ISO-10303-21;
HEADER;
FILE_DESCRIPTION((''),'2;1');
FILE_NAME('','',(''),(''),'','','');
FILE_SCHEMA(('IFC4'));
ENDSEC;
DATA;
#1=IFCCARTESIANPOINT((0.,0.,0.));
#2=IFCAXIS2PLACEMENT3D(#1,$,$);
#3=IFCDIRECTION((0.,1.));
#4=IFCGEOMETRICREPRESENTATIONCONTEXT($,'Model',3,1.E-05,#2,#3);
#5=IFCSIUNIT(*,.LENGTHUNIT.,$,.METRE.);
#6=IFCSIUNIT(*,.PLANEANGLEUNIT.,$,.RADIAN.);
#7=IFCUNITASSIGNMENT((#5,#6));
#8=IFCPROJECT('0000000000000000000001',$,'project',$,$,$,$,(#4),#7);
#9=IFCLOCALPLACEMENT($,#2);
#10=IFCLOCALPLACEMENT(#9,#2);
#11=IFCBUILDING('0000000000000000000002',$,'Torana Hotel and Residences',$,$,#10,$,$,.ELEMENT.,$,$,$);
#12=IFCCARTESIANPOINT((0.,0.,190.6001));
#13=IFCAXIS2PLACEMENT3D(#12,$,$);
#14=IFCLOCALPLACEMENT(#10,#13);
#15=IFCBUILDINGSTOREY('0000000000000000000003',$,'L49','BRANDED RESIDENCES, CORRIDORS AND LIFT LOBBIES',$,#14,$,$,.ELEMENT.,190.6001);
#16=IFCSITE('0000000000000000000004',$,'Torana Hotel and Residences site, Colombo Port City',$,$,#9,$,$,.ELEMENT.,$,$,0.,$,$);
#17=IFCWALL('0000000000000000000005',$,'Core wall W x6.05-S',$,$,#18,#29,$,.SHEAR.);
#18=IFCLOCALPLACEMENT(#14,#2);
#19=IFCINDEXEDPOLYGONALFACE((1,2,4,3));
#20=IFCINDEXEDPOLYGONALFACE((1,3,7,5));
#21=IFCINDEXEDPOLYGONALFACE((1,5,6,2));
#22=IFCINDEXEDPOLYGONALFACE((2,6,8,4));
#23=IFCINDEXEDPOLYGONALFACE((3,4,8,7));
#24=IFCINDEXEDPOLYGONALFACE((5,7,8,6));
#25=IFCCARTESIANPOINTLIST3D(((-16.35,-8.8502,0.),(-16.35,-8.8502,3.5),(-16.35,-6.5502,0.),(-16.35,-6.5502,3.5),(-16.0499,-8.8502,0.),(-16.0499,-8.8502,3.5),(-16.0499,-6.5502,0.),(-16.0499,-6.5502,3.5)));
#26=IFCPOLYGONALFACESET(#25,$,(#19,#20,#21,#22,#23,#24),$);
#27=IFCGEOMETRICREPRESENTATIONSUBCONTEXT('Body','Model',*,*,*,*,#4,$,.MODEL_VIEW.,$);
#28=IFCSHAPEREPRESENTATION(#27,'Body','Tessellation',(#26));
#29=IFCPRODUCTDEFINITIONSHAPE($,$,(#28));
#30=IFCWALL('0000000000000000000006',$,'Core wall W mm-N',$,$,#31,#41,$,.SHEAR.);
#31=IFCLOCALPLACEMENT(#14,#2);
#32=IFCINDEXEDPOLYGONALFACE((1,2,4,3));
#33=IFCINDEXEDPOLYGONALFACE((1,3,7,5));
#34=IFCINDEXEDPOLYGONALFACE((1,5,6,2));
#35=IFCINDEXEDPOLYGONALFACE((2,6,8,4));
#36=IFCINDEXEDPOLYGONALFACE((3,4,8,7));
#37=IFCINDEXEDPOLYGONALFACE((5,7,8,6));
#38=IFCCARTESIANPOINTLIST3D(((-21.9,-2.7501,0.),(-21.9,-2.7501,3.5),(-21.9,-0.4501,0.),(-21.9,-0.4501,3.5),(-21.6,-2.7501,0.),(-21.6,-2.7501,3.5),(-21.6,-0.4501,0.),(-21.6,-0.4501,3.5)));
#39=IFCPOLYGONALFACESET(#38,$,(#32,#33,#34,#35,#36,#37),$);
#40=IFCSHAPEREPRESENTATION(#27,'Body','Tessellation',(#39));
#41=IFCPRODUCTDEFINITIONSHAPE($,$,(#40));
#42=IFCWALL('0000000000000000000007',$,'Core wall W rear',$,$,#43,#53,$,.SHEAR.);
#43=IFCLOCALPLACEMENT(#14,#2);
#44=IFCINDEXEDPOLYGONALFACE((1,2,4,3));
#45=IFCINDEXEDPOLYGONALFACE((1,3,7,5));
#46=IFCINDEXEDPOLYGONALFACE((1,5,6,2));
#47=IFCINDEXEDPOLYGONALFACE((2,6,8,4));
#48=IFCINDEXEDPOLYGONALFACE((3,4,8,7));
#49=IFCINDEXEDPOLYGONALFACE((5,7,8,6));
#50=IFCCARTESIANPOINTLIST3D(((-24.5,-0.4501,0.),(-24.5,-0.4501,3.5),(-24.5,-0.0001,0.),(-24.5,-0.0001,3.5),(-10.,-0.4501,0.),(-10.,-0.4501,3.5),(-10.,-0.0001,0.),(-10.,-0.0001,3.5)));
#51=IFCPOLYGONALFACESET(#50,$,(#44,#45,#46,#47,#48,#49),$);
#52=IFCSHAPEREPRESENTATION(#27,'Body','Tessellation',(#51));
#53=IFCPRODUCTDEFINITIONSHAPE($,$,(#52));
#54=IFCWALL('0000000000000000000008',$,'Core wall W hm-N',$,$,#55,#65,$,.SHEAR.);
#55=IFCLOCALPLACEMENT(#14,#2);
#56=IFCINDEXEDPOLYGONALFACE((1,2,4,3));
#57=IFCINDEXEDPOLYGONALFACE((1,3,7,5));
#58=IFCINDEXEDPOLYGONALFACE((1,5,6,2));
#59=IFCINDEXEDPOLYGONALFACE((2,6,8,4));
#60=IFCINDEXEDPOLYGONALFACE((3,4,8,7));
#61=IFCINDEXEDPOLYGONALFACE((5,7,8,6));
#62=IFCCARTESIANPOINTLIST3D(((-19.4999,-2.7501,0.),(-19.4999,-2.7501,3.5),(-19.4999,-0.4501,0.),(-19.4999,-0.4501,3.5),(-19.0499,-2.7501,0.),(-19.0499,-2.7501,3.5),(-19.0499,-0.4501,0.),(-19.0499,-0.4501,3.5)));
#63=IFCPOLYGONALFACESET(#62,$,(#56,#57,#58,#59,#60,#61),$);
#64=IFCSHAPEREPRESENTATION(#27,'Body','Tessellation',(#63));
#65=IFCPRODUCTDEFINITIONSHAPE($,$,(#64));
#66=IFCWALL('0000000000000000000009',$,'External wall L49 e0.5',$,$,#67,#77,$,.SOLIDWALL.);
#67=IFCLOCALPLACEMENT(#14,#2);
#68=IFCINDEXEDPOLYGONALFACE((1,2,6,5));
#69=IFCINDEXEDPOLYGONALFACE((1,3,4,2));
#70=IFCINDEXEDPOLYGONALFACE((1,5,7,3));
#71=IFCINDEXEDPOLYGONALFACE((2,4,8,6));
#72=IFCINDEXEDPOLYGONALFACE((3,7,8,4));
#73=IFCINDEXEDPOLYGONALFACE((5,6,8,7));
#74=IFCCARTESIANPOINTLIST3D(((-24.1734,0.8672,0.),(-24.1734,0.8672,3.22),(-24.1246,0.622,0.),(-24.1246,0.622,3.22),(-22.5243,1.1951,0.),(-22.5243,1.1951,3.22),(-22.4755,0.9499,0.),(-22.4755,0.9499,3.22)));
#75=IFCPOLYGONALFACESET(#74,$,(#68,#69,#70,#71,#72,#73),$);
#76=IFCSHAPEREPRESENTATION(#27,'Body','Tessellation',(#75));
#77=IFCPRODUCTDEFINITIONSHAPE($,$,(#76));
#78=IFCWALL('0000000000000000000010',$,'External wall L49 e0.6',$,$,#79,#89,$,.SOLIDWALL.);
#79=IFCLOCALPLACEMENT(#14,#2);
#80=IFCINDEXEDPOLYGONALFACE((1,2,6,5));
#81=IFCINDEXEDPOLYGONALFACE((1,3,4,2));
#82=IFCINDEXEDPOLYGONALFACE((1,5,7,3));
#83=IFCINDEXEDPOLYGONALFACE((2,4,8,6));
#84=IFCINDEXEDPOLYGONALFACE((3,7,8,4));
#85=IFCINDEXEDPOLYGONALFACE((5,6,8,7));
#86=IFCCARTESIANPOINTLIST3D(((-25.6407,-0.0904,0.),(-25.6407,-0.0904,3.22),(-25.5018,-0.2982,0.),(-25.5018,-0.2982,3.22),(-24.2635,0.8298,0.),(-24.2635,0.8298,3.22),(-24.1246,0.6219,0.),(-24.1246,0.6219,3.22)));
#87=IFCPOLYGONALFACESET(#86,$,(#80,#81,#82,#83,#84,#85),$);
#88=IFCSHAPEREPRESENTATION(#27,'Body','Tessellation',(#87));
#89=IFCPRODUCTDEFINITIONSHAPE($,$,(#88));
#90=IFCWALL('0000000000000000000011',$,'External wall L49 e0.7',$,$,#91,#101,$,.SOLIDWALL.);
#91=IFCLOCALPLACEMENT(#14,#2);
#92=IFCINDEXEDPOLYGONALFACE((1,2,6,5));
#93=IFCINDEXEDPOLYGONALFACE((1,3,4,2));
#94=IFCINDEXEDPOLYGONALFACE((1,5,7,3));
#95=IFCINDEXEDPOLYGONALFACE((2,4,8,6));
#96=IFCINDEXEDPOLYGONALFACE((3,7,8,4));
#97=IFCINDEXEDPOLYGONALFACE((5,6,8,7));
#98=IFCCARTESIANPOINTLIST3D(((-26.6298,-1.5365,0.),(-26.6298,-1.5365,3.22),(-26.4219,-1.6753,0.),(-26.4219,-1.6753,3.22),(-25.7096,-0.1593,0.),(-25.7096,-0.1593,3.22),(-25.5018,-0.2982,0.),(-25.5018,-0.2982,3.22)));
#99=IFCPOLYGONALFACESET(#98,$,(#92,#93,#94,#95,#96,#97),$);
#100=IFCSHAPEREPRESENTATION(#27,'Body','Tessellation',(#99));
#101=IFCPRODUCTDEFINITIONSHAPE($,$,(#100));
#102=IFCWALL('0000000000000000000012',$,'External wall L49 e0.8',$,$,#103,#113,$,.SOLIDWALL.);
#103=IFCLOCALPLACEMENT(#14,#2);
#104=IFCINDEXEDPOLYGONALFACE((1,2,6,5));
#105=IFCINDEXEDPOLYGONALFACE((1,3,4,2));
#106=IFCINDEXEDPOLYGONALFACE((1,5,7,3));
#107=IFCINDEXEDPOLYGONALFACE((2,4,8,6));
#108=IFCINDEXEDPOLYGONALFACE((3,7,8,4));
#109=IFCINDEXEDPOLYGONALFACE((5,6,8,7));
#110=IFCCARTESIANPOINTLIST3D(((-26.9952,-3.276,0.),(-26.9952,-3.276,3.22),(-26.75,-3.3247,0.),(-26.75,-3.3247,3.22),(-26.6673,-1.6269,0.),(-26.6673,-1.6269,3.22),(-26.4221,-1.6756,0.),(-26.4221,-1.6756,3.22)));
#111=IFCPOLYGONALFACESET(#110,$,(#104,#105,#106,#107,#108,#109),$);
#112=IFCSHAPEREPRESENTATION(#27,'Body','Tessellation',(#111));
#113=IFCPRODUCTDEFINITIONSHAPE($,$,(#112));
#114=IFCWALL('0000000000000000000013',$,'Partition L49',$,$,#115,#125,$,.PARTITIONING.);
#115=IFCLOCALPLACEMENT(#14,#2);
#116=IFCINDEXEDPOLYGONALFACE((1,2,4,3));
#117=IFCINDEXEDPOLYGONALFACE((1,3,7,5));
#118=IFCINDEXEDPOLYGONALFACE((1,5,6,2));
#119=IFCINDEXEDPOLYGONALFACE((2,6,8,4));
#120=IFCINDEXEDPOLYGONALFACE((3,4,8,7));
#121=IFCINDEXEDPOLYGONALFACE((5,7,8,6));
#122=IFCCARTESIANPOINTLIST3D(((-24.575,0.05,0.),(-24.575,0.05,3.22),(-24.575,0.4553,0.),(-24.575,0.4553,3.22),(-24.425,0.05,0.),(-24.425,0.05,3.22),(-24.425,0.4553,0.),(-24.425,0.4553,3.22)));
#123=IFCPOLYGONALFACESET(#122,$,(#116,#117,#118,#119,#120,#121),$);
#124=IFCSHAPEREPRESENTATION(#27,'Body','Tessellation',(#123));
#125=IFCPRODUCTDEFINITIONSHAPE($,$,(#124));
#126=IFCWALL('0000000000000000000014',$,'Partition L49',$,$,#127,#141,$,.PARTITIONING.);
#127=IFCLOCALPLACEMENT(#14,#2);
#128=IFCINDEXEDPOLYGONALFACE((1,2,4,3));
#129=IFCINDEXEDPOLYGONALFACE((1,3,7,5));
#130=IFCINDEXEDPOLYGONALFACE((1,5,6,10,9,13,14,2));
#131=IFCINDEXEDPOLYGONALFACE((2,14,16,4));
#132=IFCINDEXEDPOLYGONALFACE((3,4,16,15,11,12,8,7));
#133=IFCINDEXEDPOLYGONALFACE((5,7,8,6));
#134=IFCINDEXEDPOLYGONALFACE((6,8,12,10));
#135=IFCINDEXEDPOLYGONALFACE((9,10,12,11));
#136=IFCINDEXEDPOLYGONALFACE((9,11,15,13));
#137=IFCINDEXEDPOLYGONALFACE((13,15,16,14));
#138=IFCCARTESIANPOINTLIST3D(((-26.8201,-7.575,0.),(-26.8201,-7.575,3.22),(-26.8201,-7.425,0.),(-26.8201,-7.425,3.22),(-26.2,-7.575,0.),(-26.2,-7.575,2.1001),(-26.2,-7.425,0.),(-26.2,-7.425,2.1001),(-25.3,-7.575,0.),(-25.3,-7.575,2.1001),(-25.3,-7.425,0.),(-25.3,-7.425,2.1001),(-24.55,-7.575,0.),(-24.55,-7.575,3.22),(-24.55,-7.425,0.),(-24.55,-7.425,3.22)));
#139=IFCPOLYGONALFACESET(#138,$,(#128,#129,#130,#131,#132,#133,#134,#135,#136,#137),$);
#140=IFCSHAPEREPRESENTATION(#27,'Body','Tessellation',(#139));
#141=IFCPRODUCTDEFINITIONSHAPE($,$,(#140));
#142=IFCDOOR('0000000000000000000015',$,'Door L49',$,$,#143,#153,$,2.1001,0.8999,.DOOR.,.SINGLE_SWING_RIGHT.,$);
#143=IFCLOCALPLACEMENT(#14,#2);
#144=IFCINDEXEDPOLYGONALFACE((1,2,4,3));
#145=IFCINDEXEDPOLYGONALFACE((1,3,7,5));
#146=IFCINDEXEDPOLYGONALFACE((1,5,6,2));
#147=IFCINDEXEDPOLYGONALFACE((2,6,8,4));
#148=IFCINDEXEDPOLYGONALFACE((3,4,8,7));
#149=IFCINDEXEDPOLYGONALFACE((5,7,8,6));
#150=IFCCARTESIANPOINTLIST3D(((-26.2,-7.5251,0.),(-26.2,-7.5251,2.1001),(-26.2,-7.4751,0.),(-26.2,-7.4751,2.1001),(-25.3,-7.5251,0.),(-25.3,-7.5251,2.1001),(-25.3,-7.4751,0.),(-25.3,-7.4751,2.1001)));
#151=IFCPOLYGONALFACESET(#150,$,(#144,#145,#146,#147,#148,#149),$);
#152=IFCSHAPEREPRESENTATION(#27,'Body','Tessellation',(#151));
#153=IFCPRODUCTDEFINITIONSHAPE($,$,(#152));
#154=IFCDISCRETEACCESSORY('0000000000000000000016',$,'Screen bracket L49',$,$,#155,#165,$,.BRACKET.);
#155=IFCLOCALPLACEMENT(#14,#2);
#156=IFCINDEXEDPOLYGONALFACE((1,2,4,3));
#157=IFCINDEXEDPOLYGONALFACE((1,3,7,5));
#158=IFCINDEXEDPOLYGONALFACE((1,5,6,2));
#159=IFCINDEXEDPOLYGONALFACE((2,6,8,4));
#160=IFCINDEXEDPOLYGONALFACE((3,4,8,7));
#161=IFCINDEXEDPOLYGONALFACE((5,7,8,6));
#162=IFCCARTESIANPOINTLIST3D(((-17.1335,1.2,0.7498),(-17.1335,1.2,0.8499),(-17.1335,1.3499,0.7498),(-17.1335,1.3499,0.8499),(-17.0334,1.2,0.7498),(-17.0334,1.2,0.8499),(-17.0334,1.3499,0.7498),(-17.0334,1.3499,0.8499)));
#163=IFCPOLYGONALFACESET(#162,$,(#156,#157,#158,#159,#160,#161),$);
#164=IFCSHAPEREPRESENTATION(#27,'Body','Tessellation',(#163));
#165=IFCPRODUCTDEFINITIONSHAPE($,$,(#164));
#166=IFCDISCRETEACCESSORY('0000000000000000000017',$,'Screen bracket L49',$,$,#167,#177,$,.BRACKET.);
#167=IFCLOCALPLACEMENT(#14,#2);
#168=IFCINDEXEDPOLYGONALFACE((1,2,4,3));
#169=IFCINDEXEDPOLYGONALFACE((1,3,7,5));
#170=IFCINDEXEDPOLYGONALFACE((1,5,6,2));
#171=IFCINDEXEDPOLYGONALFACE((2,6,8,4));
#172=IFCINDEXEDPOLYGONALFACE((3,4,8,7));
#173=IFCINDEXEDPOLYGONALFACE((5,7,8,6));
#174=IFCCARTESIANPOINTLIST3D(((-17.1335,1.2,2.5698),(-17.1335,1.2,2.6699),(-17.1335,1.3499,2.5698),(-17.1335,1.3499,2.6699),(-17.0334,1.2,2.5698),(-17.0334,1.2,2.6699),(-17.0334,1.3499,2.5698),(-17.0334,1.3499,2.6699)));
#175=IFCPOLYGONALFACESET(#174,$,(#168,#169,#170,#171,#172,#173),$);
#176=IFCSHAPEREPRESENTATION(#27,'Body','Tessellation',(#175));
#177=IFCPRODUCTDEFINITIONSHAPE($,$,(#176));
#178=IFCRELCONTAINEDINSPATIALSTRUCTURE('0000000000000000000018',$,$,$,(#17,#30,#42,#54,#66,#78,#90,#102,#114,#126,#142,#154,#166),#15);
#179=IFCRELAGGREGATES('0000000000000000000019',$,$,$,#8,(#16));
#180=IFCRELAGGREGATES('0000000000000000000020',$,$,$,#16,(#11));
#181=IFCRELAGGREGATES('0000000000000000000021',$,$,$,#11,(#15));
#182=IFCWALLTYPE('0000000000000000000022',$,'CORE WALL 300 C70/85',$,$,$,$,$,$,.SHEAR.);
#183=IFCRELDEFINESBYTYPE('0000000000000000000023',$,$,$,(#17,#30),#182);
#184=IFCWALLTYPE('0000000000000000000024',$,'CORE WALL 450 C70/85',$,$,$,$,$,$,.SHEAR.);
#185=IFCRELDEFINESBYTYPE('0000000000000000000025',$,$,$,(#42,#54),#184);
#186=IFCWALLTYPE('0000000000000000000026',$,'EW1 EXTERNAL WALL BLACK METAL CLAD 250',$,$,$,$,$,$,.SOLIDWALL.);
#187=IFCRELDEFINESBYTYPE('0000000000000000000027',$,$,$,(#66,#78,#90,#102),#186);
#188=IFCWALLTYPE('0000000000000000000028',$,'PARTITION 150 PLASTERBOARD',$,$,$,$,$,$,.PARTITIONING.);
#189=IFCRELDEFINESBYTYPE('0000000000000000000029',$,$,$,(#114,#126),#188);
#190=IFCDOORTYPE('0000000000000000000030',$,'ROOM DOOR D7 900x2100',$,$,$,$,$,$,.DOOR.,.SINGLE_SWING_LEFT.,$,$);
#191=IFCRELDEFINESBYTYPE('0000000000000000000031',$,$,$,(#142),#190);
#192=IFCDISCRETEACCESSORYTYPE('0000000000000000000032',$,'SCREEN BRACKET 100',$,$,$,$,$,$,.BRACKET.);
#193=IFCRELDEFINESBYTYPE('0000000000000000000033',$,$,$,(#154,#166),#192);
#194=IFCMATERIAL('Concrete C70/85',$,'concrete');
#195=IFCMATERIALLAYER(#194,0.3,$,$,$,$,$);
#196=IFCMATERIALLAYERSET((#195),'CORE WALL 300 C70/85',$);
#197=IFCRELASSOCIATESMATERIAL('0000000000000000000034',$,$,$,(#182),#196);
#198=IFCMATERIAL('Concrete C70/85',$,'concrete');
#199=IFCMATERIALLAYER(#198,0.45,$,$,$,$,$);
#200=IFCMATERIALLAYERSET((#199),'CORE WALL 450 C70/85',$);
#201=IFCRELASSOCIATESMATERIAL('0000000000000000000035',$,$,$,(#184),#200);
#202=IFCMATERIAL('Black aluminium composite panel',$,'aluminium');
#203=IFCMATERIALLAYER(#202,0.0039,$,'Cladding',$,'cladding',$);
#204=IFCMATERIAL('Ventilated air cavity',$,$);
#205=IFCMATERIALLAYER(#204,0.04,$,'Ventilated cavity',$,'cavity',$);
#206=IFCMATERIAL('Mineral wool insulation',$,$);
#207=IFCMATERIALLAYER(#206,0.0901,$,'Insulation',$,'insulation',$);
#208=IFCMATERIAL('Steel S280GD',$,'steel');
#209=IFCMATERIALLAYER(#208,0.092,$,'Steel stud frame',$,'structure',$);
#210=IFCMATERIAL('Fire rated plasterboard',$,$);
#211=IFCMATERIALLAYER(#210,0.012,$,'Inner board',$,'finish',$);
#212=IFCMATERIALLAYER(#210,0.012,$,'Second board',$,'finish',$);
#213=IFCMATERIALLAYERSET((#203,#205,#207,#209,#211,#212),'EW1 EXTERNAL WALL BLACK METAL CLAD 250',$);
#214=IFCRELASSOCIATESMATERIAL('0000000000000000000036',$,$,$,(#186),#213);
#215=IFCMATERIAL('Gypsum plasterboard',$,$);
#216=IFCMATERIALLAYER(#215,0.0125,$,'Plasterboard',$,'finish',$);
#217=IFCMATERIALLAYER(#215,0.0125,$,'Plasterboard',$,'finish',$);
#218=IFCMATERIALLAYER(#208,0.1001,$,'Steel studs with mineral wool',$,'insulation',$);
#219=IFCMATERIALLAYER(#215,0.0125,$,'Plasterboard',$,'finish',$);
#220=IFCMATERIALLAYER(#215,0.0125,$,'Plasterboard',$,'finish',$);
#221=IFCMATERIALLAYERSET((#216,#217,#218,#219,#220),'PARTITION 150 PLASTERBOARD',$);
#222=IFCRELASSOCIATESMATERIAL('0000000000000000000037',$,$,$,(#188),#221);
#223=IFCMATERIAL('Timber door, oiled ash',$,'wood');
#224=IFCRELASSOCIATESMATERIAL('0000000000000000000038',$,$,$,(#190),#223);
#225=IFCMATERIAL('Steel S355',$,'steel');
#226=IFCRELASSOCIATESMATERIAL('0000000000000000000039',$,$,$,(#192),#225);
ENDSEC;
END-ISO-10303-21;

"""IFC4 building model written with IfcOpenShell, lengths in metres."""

from ifc_helpers import new_model, si_unit, direction, frame, frame_2d, origin, origin_2d, place, context, subcontext, project, spatial, rectangle, extrude, material, layer, layer_set, type_object, element, fill, save


model = new_model("IFC4")

# Units and contexts
model_context = context("Model", 3, precision=1e-05, world=origin(), true_north=direction((0.0, 1.0)))
body_context = subcontext(model_context, "Body", "Model", "MODEL_VIEW")
ifc_project = project(units=[si_unit("LENGTHUNIT", "METRE"), si_unit("PLANEANGLEUNIT", "RADIAN")], contexts=[model_context])

# Site, building, storey
site_placement = place(None, origin())
site = spatial("IfcSite", under=ifc_project, at=site_placement, Name="Torana Hotel and Residences site, Colombo Port City", CompositionType="ELEMENT", RefElevation=0.0)
building_placement = place(site_placement, origin())
building = spatial("IfcBuilding", under=site, at=building_placement, Name="Torana Hotel and Residences", CompositionType="ELEMENT")
storey_placement = place(building_placement, frame((0.0, 0.0, 190.6001)))
storey = spatial("IfcBuildingStorey", under=building, at=storey_placement, Name="L49", Description="BRANDED RESIDENCES, CORRIDORS AND LIFT LOBBIES", CompositionType="ELEMENT", Elevation=190.6001)

# Shared definitions
ifc_material_1 = material(Name="Concrete C70/85", Category="concrete")
ifc_layer_1 = layer(ifc_material_1, 0.3)
ifc_layer_set_1 = layer_set([ifc_layer_1], Name="CORE WALL 300 C70/85")
wall_type_1 = type_object("IfcWallType", Name="CORE WALL 300 C70/85", PredefinedType="SHEAR", material=ifc_layer_set_1)

# Walls
for number, where, z_axis, x_axis, name in (
    (1, (-16.2, -8.8501, 0.0), (0.0, 0.0, 1.0), (0.0, 1.0, 0.0), "Core wall W x6.05-S"),
    (2, (-21.75, -2.75, 0.0), (0.0, 0.0, 1.0), (0.0, 1.0, 0.0), "Core wall W mm-N"),
):
    element("IfcWall", number, at=place(storey_placement, frame(where, z_axis=z_axis, x_axis=x_axis)), inside=storey, type_object=wall_type_1, Name=name, PredefinedType="SHEAR", context=body_context, shape_type="SweptSolid", body=[
        extrude(rectangle(XDim=2.3, YDim=0.3, at=frame_2d((1.1499, 0.0))), origin(), (0.0, 0.0, 1.0), 3.5),
    ])
ifc_material_2 = material(Name="Concrete C70/85", Category="concrete")
ifc_layer_2 = layer(ifc_material_2, 0.45)
ifc_layer_set_2 = layer_set([ifc_layer_2], Name="CORE WALL 450 C70/85")
wall_type_2 = type_object("IfcWallType", Name="CORE WALL 450 C70/85", PredefinedType="SHEAR", material=ifc_layer_set_2)
wall_1_placement = place(storey_placement, frame((-24.5, -0.2251, 0.0), z_axis=(0.0, 0.0, 1.0), x_axis=(1.0, 0.0, 0.0)))
element("IfcWall", 3, at=wall_1_placement, inside=storey, type_object=wall_type_2, Name="Core wall W rear", PredefinedType="SHEAR", context=body_context, shape_type="SweptSolid", body=[
    extrude(rectangle(XDim=14.5, YDim=0.45, at=frame_2d((7.25, 0.0))), origin(), (0.0, 0.0, 1.0), 3.5),
])
wall_2_placement = place(storey_placement, frame((-19.2749, -2.75, 0.0), z_axis=(0.0, 0.0, 1.0), x_axis=(0.0, 1.0, 0.0)))
element("IfcWall", 4, at=wall_2_placement, inside=storey, type_object=wall_type_2, Name="Core wall W hm-N", PredefinedType="SHEAR", context=body_context, shape_type="SweptSolid", body=[
    extrude(rectangle(XDim=2.3, YDim=0.45, at=frame_2d((1.1499, 0.0))), origin(), (0.0, 0.0, 1.0), 3.5),
])
ifc_material_3 = material(Name="Black aluminium composite panel", Category="aluminium")
ifc_layer_3 = layer(ifc_material_3, 0.0039, Name="Cladding", Category="cladding")
ifc_material_4 = material(Name="Ventilated air cavity")
ifc_layer_4 = layer(ifc_material_4, 0.04, Name="Ventilated cavity", Category="cavity")
ifc_material_5 = material(Name="Mineral wool insulation")
ifc_layer_5 = layer(ifc_material_5, 0.0901, Name="Insulation", Category="insulation")
ifc_material_6 = material(Name="Steel S280GD", Category="steel")
ifc_layer_6 = layer(ifc_material_6, 0.092, Name="Steel stud frame", Category="structure")
ifc_material_7 = material(Name="Fire rated plasterboard")
ifc_layer_7 = layer(ifc_material_7, 0.012, Name="Inner board", Category="finish")
ifc_layer_8 = layer(ifc_material_7, 0.012, Name="Second board", Category="finish")
ifc_layer_set_3 = layer_set([ifc_layer_3, ifc_layer_4, ifc_layer_5, ifc_layer_6, ifc_layer_7, ifc_layer_8], Name="EW1 EXTERNAL WALL BLACK METAL CLAD 250")
wall_type_3 = type_object("IfcWallType", Name="EW1 EXTERNAL WALL BLACK METAL CLAD 250", PredefinedType="SOLIDWALL", material=ifc_layer_set_3)
wall_3_placement = place(storey_placement, frame((-22.4998, 1.0725, 0.0), z_axis=(0.0, 0.0, 1.0), x_axis=(-0.980803, -0.194999, 0.0)))
element("IfcWall", 5, at=wall_3_placement, inside=storey, type_object=wall_type_3, Name="External wall L49 e0.5", PredefinedType="SOLIDWALL", context=body_context, shape_type="SweptSolid", body=[
    extrude(rectangle(XDim=1.6814, YDim=0.25, at=frame_2d((0.8408, 0.0))), origin(), (0.0, 0.0, 1.0), 3.22),
])
for number, where, z_axis, x_axis, name in (
    (6, (-24.1941, 0.7258, 0.0), (0.0, 0.0, 1.0), (-0.831483, -0.55555, 0.0), "External wall L49 e0.6"),
    (7, (-25.6057, -0.2288, 0.0), (0.0, 0.0, 1.0), (-0.55555, -0.831483, 0.0), "External wall L49 e0.7"),
):
    element("IfcWall", number, at=place(storey_placement, frame(where, z_axis=z_axis, x_axis=x_axis)), inside=storey, type_object=wall_type_3, Name=name, PredefinedType="SOLIDWALL", context=body_context, shape_type="SweptSolid", body=[
        extrude(rectangle(XDim=1.6562, YDim=0.25, at=frame_2d((0.8281, 0.0))), origin(), (0.0, 0.0, 1.0), 3.22),
    ])
wall_4_placement = place(storey_placement, frame((-26.5447, -1.6511, 0.0), z_axis=(0.0, 0.0, 1.0), x_axis=(-0.194999, -0.980803, 0.0)))
element("IfcWall", 8, at=wall_4_placement, inside=storey, type_object=wall_type_3, Name="External wall L49 e0.8", PredefinedType="SOLIDWALL", context=body_context, shape_type="SweptSolid", body=[
    extrude(rectangle(XDim=1.6814, YDim=0.25, at=frame_2d((0.8408, 0.0))), origin(), (0.0, 0.0, 1.0), 3.22),
])

# Wall
ifc_material_8 = material(Name="Gypsum plasterboard")
ifc_layer_9 = layer(ifc_material_8, 0.0125, Name="Plasterboard", Category="finish")
ifc_layer_10 = layer(ifc_material_8, 0.0125, Name="Plasterboard", Category="finish")
ifc_layer_11 = layer(ifc_material_6, 0.1001, Name="Steel studs with mineral wool", Category="insulation")
ifc_layer_12 = layer(ifc_material_8, 0.0125, Name="Plasterboard", Category="finish")
ifc_layer_13 = layer(ifc_material_8, 0.0125, Name="Plasterboard", Category="finish")
ifc_layer_set_4 = layer_set([ifc_layer_9, ifc_layer_10, ifc_layer_11, ifc_layer_12, ifc_layer_13], Name="PARTITION 150 PLASTERBOARD")
wall_type_4 = type_object("IfcWallType", Name="PARTITION 150 PLASTERBOARD", PredefinedType="PARTITIONING", material=ifc_layer_set_4)
wall_5_placement = place(storey_placement, frame((-24.5, 0.05, 0.0), z_axis=(0.0, 0.0, 1.0), x_axis=(0.0, 1.0, 0.0)))
element("IfcWall", 9, at=wall_5_placement, inside=storey, type_object=wall_type_4, Name="Partition L49", PredefinedType="PARTITIONING", context=body_context, shape_type="SweptSolid", body=[
    extrude(rectangle(XDim=0.4053, YDim=0.1499, at=frame_2d((0.2026, 0.0))), origin(), (0.0, 0.0, 1.0), 3.22),
])

# Wall, opening, door
wall_6_placement = place(storey_placement, frame((-26.8201, -7.5, 0.0), z_axis=(0.0, 0.0, 1.0), x_axis=(1.0, 0.0, 0.0)))
wall_6 = element("IfcWall", 10, at=wall_6_placement, inside=storey, type_object=wall_type_4, Name="Partition L49", PredefinedType="PARTITIONING", context=body_context, shape_type="SweptSolid", body=[
    extrude(rectangle(XDim=2.27, YDim=0.1499, at=frame_2d((1.135, 0.0))), origin(), (0.0, 0.0, 1.0), 3.22),
])
opening_1_placement = place(wall_6_placement, frame((0.6201, 0.0, 0.0)))
opening_1 = element("IfcOpeningElement", 11, at=opening_1_placement, cuts=wall_6, PredefinedType="OPENING", context=body_context, shape_type="SweptSolid", body=[
    extrude(rectangle(XDim=0.8999, YDim=2.1001, at=frame_2d((0.45, 1.05))), frame((0.0, 0.085, 0.0), z_axis=(0.0, -1.0, 0.0), x_axis=(1.0, 0.0, 0.0)), (0.0, 0.0, 1.0), 0.1699),
])
ifc_material_9 = material(Name="Timber door, oiled ash", Category="wood")
door_type_1 = type_object("IfcDoorType", Name="ROOM DOOR D7 900x2100", OperationType="SINGLE_SWING_LEFT", PredefinedType="DOOR", material=ifc_material_9)
door_1_placement = place(opening_1_placement, origin())
door_1 = element("IfcDoor", 12, at=door_1_placement, inside=storey, type_object=door_type_1, Name="Door L49", OperationType="SINGLE_SWING_RIGHT", OverallHeight=2.1001, OverallWidth=0.8999, PredefinedType="DOOR", context=body_context, shape_type="SweptSolid", body=[
    extrude(rectangle(XDim=0.8999, YDim=2.1001, at=frame_2d((0.45, 1.05))), frame((0.0, 0.0249, 0.0), z_axis=(0.0, -1.0, 0.0), x_axis=(1.0, 0.0, 0.0)), (0.0, 0.0, 1.0), 0.05),
])
fill(opening_1, door_1)

# Discrete accessories
ifc_material_10 = material(Name="Steel S355", Category="steel")
discrete_accessory_type = type_object("IfcDiscreteAccessoryType", Name="SCREEN BRACKET 100", PredefinedType="BRACKET", material=ifc_material_10)
for number, where, z_axis, x_axis, name in (
    (13, (-17.0835, 1.2749, 0.7498), (0.0, 0.0, 1.0), (-1.0, 0.0, 0.0), "Screen bracket L49"),
    (14, (-17.0835, 1.2749, 2.5698), (0.0, 0.0, 1.0), (-1.0, 0.0, 0.0), "Screen bracket L49"),
):
    element("IfcDiscreteAccessory", number, at=place(storey_placement, frame(where, z_axis=z_axis, x_axis=x_axis)), inside=storey, type_object=discrete_accessory_type, Name=name, PredefinedType="BRACKET", context=body_context, shape_type="SweptSolid", body=[
        extrude(rectangle(XDim=0.1001, YDim=0.1499, at=origin_2d()), origin(), (0.0, 0.0, 1.0), 0.1001),
    ])

save(model, "model.ifc")
